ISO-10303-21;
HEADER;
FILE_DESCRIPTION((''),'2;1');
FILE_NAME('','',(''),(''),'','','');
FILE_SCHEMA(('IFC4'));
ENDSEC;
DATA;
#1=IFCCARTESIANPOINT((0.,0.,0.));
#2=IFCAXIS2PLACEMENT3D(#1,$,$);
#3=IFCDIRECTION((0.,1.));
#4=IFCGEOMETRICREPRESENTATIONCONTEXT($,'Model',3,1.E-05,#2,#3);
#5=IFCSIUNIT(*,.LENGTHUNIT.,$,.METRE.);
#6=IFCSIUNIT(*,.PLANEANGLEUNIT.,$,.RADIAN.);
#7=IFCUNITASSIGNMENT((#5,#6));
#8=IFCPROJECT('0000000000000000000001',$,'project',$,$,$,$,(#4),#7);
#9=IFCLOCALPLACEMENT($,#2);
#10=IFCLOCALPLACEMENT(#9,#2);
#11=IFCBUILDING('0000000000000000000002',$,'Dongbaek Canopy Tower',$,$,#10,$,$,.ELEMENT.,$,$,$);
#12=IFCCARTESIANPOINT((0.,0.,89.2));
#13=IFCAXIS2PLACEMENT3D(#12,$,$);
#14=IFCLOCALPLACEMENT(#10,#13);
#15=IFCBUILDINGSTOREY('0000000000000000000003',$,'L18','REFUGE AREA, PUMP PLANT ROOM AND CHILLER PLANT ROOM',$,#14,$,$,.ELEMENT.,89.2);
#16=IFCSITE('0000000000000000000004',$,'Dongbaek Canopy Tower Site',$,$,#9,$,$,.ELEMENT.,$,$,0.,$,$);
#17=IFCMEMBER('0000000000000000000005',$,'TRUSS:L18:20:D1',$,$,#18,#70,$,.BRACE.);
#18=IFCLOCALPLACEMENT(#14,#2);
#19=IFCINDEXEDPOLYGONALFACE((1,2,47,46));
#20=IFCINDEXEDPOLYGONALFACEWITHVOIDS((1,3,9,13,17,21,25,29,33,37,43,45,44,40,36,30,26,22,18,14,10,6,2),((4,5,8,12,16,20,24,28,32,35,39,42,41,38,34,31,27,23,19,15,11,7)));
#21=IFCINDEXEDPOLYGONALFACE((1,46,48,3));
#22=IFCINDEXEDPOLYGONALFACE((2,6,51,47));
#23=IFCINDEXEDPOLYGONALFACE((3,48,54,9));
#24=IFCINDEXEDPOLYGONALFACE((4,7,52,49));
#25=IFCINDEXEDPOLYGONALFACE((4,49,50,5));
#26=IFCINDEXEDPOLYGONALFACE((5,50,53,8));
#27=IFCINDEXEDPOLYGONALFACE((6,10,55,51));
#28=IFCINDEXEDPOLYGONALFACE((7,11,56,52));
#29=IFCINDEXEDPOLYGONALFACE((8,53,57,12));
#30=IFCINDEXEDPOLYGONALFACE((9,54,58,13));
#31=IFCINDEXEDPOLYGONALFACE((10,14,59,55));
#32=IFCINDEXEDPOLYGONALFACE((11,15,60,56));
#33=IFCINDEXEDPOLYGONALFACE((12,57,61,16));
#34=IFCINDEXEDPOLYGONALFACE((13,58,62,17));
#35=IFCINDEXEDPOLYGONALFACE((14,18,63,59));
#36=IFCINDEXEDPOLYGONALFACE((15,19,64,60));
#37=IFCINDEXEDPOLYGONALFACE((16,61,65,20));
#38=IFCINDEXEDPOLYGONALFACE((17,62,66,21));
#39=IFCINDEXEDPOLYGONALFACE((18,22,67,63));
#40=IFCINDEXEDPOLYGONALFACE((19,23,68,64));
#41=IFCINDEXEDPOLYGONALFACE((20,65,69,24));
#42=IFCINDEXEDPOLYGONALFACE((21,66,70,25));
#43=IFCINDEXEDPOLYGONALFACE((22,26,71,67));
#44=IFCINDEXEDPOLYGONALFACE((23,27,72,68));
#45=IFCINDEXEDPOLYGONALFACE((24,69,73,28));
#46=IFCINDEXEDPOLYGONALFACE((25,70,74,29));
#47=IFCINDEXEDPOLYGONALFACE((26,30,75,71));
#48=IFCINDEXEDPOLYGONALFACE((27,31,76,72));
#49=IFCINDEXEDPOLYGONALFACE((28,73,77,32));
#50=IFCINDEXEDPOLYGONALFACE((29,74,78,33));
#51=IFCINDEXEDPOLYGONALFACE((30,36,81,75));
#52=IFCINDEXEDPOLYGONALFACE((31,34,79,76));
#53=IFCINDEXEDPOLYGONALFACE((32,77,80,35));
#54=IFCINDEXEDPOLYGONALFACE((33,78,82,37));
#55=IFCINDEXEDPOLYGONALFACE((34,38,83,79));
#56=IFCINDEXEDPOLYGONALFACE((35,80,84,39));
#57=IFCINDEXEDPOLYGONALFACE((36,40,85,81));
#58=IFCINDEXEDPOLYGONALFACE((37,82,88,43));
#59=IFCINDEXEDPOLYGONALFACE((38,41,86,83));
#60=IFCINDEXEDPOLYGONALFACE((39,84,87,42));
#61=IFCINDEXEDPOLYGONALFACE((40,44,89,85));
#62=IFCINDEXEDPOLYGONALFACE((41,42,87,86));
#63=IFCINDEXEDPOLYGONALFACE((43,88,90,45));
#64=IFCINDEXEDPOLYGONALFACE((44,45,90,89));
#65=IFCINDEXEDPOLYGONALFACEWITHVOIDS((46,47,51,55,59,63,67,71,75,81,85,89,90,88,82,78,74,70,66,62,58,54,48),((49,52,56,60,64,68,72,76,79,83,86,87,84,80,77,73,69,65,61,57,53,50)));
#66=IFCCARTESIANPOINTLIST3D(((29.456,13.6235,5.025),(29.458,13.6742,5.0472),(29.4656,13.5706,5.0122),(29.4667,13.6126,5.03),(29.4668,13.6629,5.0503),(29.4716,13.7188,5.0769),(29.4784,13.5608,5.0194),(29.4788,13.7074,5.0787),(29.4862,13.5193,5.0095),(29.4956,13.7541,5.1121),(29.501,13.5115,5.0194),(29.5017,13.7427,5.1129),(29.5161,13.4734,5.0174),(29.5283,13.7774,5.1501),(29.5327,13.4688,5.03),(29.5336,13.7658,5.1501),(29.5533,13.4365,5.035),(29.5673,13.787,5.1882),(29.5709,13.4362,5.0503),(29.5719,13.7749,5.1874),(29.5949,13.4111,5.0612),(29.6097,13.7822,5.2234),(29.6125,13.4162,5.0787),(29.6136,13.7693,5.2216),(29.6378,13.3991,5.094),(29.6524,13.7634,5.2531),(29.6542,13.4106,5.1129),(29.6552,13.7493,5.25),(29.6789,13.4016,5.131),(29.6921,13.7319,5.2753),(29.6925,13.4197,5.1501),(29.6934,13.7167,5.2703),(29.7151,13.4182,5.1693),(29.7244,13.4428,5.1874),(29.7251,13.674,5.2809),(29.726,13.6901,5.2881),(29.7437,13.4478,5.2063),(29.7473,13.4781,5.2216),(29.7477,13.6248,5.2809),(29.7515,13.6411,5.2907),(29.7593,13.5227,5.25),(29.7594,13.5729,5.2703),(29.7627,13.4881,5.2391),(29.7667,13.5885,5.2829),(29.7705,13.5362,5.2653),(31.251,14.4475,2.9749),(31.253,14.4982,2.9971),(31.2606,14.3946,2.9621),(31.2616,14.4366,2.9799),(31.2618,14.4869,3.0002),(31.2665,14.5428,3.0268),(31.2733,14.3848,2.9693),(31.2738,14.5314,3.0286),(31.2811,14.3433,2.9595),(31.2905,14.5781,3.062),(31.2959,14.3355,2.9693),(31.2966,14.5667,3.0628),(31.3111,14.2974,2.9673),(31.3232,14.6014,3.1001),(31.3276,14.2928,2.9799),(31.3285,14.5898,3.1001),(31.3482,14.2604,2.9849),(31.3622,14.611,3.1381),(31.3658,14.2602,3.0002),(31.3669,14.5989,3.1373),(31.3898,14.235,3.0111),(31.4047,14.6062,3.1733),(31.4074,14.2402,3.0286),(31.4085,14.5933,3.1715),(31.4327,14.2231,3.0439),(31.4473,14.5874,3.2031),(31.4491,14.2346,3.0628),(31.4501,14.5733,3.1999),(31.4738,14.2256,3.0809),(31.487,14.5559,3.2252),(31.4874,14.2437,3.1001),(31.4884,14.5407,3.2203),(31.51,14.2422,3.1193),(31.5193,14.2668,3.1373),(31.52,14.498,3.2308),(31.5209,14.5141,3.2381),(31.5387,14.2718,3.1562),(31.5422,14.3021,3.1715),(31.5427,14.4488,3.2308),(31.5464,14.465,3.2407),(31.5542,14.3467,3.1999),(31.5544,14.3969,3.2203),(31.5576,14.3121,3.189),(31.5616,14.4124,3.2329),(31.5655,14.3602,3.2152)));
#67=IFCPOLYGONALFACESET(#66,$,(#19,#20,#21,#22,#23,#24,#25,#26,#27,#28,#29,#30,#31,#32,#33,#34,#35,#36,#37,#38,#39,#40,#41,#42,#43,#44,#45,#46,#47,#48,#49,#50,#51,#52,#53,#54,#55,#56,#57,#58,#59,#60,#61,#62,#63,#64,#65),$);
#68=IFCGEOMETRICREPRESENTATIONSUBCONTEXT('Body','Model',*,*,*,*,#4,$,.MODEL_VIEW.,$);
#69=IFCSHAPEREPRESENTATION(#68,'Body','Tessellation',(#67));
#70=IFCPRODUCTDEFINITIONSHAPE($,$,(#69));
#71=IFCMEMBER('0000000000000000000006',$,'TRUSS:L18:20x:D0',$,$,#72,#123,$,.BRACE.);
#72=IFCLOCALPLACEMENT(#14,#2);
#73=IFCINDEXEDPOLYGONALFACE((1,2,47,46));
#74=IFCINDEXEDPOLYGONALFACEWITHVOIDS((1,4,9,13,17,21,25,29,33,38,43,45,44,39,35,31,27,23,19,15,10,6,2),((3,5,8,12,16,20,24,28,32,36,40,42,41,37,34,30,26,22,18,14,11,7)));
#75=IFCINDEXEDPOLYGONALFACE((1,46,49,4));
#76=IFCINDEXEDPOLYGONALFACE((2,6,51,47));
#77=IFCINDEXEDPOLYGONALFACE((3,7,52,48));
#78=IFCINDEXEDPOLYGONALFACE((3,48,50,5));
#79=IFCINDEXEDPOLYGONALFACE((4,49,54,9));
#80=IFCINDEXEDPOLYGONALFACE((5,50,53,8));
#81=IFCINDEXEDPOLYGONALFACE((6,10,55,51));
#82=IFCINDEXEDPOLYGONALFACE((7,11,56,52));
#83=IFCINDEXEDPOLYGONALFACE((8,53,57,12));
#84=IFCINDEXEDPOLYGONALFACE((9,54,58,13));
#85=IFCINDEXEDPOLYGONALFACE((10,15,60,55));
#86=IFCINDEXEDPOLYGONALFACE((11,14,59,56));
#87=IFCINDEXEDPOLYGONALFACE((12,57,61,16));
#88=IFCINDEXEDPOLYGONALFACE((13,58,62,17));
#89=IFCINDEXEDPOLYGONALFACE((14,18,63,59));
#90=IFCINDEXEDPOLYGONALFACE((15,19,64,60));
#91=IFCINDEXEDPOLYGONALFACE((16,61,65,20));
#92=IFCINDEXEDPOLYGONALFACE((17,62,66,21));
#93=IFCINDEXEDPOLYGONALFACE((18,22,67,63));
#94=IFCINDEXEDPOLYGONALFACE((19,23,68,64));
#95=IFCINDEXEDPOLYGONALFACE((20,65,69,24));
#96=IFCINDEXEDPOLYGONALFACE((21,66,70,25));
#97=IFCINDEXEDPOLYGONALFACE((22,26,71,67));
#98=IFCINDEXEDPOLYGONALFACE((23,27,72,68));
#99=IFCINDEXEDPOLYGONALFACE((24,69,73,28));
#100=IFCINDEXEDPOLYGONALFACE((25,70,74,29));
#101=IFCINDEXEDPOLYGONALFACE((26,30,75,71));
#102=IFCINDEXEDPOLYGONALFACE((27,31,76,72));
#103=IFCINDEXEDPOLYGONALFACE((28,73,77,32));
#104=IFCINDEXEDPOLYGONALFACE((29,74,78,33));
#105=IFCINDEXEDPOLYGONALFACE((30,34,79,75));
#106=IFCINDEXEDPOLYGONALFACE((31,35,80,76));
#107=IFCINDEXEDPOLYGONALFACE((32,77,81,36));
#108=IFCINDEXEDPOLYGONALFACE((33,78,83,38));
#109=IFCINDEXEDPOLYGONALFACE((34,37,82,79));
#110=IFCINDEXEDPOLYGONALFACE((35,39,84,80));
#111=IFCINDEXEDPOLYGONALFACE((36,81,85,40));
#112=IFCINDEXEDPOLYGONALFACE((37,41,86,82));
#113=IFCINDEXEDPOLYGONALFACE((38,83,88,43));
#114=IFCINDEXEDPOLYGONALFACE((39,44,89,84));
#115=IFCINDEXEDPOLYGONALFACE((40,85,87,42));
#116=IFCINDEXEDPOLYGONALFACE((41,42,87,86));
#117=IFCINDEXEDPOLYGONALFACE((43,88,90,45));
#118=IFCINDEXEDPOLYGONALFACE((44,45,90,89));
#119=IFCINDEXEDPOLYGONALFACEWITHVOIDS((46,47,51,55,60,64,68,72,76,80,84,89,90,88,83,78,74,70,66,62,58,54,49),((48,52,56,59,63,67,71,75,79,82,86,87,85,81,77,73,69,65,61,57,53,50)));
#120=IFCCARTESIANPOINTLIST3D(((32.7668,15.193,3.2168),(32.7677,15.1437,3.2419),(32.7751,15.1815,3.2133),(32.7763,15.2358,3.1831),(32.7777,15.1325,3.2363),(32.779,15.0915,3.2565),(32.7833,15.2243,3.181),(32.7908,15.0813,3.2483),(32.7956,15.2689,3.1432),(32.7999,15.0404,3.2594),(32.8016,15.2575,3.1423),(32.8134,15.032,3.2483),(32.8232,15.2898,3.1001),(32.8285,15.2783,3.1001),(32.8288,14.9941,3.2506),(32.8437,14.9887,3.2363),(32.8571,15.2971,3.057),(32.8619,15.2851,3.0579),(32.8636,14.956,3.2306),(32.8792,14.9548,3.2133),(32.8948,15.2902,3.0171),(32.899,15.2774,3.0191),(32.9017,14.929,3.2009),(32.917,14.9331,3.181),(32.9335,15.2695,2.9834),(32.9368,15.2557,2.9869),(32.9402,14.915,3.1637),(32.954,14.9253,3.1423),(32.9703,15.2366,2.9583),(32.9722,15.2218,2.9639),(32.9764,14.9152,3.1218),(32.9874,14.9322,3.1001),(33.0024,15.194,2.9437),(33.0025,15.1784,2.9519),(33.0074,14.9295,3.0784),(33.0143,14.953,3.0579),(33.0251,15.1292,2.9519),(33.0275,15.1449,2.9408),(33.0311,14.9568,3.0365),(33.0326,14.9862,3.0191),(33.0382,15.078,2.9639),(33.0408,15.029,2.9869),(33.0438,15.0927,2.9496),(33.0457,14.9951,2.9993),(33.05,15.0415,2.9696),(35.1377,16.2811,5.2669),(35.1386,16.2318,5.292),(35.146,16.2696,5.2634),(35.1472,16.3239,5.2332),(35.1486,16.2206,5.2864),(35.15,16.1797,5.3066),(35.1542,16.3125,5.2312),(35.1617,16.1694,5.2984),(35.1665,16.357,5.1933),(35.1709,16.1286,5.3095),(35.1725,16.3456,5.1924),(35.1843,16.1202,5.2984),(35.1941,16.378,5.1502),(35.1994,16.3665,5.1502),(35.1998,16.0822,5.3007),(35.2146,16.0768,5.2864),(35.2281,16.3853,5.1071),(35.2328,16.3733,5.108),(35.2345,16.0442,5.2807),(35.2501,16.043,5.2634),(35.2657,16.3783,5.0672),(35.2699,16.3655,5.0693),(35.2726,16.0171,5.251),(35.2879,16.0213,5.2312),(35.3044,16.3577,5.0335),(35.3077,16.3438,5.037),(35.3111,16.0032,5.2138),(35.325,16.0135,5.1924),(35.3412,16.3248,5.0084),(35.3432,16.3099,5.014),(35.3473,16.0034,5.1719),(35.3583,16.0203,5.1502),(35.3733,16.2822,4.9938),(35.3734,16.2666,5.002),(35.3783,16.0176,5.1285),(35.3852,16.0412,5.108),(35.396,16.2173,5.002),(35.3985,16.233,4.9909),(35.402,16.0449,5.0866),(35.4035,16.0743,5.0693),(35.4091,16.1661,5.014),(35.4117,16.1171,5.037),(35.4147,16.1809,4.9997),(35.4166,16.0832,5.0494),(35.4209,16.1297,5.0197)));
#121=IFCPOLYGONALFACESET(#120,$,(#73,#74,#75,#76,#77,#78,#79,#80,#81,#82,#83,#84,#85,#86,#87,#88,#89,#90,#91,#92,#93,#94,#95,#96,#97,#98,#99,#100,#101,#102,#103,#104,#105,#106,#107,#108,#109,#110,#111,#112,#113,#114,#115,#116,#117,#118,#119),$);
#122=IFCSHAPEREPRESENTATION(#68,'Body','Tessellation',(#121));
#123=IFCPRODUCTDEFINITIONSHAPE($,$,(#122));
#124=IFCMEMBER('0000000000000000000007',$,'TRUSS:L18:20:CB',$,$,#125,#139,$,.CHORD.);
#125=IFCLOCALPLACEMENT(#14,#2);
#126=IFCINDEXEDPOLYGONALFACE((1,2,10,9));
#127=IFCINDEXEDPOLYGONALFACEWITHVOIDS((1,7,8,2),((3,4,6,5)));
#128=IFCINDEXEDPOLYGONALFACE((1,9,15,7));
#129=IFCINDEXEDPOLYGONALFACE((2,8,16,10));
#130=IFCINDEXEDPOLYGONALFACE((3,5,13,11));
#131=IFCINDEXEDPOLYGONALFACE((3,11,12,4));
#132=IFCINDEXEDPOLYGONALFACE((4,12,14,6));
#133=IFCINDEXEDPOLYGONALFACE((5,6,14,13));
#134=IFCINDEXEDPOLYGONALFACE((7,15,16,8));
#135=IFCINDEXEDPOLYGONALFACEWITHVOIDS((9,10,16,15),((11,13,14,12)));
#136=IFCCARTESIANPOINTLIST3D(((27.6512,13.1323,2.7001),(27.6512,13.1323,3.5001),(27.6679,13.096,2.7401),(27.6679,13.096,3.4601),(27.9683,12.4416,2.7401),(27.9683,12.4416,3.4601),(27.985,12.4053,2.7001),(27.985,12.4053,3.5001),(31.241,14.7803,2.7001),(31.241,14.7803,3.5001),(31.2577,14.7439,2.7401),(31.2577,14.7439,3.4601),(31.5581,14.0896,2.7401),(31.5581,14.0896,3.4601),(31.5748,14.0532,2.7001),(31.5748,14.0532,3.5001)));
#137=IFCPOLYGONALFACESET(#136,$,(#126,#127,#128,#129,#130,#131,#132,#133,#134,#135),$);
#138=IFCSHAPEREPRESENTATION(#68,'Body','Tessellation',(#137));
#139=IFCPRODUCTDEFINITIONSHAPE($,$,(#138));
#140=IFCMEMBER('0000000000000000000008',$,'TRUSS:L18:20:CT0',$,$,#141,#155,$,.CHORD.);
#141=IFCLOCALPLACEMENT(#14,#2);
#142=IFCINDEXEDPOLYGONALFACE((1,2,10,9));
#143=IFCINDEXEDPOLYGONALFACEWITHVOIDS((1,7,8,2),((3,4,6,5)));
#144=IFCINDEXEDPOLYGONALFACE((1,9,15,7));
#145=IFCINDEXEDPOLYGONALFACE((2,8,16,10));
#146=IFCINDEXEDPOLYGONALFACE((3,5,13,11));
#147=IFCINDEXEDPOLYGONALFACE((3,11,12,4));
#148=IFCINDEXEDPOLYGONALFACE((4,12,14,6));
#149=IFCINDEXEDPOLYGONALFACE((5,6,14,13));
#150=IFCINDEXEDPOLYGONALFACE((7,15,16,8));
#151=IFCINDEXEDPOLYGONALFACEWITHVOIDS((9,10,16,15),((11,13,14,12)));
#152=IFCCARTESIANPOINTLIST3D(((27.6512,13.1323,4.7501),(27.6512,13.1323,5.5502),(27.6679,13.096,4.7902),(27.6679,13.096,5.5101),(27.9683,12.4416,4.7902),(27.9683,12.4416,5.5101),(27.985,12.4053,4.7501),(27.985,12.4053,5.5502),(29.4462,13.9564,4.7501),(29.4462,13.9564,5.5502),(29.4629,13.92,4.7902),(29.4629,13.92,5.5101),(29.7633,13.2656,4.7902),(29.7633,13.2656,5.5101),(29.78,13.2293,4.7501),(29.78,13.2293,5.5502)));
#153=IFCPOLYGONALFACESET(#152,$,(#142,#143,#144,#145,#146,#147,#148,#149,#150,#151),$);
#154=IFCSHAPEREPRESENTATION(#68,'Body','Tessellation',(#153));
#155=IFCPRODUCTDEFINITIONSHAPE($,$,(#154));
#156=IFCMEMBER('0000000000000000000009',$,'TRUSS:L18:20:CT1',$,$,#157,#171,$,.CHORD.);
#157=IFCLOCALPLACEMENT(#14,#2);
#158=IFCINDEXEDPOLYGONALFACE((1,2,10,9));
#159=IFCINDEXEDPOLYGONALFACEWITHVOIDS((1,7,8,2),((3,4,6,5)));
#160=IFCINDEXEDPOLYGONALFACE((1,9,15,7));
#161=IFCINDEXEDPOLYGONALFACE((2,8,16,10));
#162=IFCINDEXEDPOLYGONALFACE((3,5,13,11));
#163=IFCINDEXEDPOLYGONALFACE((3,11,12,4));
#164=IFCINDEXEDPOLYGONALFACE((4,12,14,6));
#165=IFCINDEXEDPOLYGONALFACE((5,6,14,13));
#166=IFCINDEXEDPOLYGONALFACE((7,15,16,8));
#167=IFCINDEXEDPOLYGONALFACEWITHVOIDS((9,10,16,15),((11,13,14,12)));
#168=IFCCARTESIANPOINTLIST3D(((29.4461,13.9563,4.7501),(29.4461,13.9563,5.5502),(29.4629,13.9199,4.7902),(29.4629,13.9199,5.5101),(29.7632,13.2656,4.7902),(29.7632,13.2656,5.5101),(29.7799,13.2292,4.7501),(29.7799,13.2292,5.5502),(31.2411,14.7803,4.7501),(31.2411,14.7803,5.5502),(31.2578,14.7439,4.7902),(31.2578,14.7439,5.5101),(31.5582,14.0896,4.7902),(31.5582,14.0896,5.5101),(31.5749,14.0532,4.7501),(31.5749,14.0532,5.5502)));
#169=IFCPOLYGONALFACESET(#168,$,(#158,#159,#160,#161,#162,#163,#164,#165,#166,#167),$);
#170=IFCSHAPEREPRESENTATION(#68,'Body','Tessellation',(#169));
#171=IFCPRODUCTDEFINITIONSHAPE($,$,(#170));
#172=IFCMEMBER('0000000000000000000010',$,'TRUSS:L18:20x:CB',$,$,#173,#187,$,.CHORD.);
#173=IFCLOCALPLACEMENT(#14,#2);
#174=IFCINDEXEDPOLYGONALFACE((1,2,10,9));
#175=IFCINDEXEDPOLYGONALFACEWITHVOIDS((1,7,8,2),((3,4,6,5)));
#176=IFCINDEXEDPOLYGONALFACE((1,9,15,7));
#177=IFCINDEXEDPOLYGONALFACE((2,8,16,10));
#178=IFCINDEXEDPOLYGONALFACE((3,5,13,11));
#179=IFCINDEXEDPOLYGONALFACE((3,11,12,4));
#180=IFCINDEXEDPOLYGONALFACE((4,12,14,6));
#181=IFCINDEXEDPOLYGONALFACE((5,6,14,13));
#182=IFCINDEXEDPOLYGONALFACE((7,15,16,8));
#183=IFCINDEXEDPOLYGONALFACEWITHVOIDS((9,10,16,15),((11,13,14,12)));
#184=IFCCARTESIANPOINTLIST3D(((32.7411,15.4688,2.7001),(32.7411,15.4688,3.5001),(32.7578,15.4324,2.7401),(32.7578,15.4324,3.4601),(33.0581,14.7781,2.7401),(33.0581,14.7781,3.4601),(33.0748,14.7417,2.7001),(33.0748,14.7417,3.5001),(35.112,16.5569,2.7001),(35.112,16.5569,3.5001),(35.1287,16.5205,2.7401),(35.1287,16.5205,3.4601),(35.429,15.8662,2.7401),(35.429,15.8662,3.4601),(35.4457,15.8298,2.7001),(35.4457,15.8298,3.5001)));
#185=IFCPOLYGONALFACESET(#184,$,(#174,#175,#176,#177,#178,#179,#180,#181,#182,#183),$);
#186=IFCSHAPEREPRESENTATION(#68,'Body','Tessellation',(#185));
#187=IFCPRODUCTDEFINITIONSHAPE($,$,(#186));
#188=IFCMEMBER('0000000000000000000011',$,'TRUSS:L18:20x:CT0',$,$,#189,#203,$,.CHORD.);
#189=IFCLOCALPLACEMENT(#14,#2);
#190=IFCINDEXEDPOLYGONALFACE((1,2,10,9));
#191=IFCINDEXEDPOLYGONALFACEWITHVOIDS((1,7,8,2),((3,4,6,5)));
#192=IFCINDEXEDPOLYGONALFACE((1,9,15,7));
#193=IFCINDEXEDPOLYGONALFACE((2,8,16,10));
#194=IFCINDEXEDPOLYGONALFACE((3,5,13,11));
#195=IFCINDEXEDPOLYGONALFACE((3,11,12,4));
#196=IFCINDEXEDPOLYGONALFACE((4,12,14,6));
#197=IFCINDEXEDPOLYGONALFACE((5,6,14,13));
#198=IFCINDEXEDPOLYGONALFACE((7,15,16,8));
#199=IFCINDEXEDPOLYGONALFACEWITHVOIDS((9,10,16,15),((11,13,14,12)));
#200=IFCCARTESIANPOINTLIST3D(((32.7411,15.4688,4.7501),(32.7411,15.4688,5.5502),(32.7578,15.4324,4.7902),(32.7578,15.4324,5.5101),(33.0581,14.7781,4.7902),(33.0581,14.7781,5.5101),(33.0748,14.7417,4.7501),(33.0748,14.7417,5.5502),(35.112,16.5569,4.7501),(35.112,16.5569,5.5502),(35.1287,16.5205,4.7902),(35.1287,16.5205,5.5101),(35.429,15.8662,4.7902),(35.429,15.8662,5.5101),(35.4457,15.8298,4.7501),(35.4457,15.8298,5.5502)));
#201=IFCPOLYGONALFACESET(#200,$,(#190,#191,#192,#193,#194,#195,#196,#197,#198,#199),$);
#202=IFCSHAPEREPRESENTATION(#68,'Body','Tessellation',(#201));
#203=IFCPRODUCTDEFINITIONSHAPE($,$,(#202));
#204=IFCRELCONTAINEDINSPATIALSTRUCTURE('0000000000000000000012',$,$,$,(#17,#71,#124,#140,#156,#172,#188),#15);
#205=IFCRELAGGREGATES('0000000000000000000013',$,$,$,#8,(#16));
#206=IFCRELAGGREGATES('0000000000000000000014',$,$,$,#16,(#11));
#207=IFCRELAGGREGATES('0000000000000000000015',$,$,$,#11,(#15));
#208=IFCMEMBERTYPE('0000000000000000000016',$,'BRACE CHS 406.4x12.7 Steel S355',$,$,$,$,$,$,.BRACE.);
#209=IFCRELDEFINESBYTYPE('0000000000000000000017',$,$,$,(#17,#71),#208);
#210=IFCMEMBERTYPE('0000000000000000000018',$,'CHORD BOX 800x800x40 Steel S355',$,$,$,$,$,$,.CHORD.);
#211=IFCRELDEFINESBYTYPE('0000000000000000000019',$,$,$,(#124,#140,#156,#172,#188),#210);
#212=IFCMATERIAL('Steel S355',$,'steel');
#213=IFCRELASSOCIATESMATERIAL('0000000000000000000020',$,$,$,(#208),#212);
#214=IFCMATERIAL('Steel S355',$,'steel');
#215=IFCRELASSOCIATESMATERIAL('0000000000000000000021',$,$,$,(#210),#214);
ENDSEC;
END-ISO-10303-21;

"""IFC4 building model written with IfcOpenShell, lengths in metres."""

from ifc_helpers import new_model, si_unit, direction, frame, origin, origin_2d, place, context, subcontext, project, spatial, hollow_rectangle, hollow_circle, extrude, material, material_profile, profile_set, type_object, element, save


model = new_model("IFC4")

# Units and contexts
model_context = context("Model", 3, precision=1e-05, world=origin(), true_north=direction((0.0, 1.0)))
body_context = subcontext(model_context, "Body", "Model", "MODEL_VIEW")
ifc_project = project(units=[si_unit("LENGTHUNIT", "METRE"), si_unit("PLANEANGLEUNIT", "RADIAN")], contexts=[model_context])

# Site, building, storey
site_placement = place(None, origin())
site = spatial("IfcSite", under=ifc_project, at=site_placement, Name="Dongbaek Canopy Tower Site", CompositionType="ELEMENT", RefElevation=0.0)
building_placement = place(site_placement, origin())
building = spatial("IfcBuilding", under=site, at=building_placement, Name="Dongbaek Canopy Tower", CompositionType="ELEMENT")
storey_placement = place(building_placement, frame((0.0, 0.0, 89.2)))
storey = spatial("IfcBuildingStorey", under=building, at=storey_placement, Name="L18", Description="REFUGE AREA, PUMP PLANT ROOM AND CHILLER PLANT ROOM", CompositionType="ELEMENT", Elevation=89.2)

# Members
ifc_material_1 = material(Name="Steel S355", Category="steel")
ifc_material_profile_1 = material_profile(ifc_material_1, hollow_circle(Radius=0.2031, WallThickness=0.0127, at=origin_2d()), Name="BRACE CHS 406.4x12.7 Steel S355")
ifc_profile_set_1 = profile_set([ifc_material_profile_1], Name="Steel S355")
member_type_1 = type_object("IfcMemberType", Name="BRACE CHS 406.4x12.7 Steel S355", PredefinedType="BRACE", material=ifc_profile_set_1)
for number, where, z_axis, x_axis, name in (
    (1, (29.613, 13.5928, 5.1501), (0.63054, 0.289455, -0.720164), (-0.417199, 0.908815, 0.0), "TRUSS:L18:20:D1"),
):
    element("IfcMember", number, at=place(storey_placement, frame(where, z_axis=z_axis, x_axis=x_axis)), inside=storey, type_object=member_type_1, Name=name, PredefinedType="BRACE", context=body_context, shape_type="SweptSolid", body=[
        extrude(hollow_circle(Radius=0.2031, WallThickness=0.0127, at=origin_2d()), origin(), (0.0, 0.0, 1.0), 2.8467),
    ])
member_1_placement = place(storey_placement, frame((32.908, 15.1052, 3.1001), z_axis=(0.714589, 0.327971, 0.617898), x_axis=(-0.417128, 0.908848, 0.0)))
element("IfcMember", 2, at=member_1_placement, inside=storey, type_object=member_type_1, Name="TRUSS:L18:20x:D0", PredefinedType="BRACE", context=body_context, shape_type="SweptSolid", body=[
    extrude(hollow_circle(Radius=0.2031, WallThickness=0.0127, at=origin_2d()), origin(), (0.0, 0.0, 1.0), 3.3179),
])
ifc_material_2 = material(Name="Steel S355", Category="steel")
ifc_material_profile_2 = material_profile(ifc_material_2, hollow_rectangle(XDim=0.8, YDim=0.8, WallThickness=0.04, at=origin_2d()), Name="CHORD BOX 800x800x40 Steel S355")
ifc_profile_set_2 = profile_set([ifc_material_profile_2], Name="Steel S355")
member_type_2 = type_object("IfcMemberType", Name="CHORD BOX 800x800x40 Steel S355", PredefinedType="CHORD", material=ifc_profile_set_2)
member_2_placement = place(storey_placement, frame((27.8181, 12.7688, 3.1001), z_axis=(0.908815, 0.417199, 0.0), x_axis=(-0.417199, 0.908815, 0.0)))
element("IfcMember", 3, at=member_2_placement, inside=storey, type_object=member_type_2, Name="TRUSS:L18:20:CB", PredefinedType="CHORD", context=body_context, shape_type="SweptSolid", body=[
    extrude(hollow_rectangle(XDim=0.8, YDim=0.8, WallThickness=0.04, at=origin_2d()), origin(), (0.0, 0.0, 1.0), 3.95),
])
for number, where, z_axis, x_axis, name in (
    (4, (27.8181, 12.7688, 5.1501), (0.908815, 0.417199, 0.0), (-0.417199, 0.908815, 0.0), "TRUSS:L18:20:CT0"),
    (5, (29.613, 13.5928, 5.1501), (0.908815, 0.417199, 0.0), (-0.417199, 0.908815, 0.0), "TRUSS:L18:20:CT1"),
):
    element("IfcMember", number, at=place(storey_placement, frame(where, z_axis=z_axis, x_axis=x_axis)), inside=storey, type_object=member_type_2, Name=name, PredefinedType="CHORD", context=body_context, shape_type="SweptSolid", body=[
        extrude(hollow_rectangle(XDim=0.8, YDim=0.8, WallThickness=0.04, at=origin_2d()), origin(), (0.0, 0.0, 1.0), 1.9751),
    ])
for number, where, z_axis, x_axis, name in (
    (6, (32.908, 15.1052, 3.1001), (0.908848, 0.417128, 0.0), (-0.417128, 0.908848, 0.0), "TRUSS:L18:20x:CB"),
    (7, (32.908, 15.1052, 5.1501), (0.908848, 0.417128, 0.0), (-0.417128, 0.908848, 0.0), "TRUSS:L18:20x:CT0"),
):
    element("IfcMember", number, at=place(storey_placement, frame(where, z_axis=z_axis, x_axis=x_axis)), inside=storey, type_object=member_type_2, Name=name, PredefinedType="CHORD", context=body_context, shape_type="SweptSolid", body=[
        extrude(hollow_rectangle(XDim=0.8, YDim=0.8, WallThickness=0.04, at=origin_2d()), origin(), (0.0, 0.0, 1.0), 2.6086),
    ])

save(model, "model.ifc")
